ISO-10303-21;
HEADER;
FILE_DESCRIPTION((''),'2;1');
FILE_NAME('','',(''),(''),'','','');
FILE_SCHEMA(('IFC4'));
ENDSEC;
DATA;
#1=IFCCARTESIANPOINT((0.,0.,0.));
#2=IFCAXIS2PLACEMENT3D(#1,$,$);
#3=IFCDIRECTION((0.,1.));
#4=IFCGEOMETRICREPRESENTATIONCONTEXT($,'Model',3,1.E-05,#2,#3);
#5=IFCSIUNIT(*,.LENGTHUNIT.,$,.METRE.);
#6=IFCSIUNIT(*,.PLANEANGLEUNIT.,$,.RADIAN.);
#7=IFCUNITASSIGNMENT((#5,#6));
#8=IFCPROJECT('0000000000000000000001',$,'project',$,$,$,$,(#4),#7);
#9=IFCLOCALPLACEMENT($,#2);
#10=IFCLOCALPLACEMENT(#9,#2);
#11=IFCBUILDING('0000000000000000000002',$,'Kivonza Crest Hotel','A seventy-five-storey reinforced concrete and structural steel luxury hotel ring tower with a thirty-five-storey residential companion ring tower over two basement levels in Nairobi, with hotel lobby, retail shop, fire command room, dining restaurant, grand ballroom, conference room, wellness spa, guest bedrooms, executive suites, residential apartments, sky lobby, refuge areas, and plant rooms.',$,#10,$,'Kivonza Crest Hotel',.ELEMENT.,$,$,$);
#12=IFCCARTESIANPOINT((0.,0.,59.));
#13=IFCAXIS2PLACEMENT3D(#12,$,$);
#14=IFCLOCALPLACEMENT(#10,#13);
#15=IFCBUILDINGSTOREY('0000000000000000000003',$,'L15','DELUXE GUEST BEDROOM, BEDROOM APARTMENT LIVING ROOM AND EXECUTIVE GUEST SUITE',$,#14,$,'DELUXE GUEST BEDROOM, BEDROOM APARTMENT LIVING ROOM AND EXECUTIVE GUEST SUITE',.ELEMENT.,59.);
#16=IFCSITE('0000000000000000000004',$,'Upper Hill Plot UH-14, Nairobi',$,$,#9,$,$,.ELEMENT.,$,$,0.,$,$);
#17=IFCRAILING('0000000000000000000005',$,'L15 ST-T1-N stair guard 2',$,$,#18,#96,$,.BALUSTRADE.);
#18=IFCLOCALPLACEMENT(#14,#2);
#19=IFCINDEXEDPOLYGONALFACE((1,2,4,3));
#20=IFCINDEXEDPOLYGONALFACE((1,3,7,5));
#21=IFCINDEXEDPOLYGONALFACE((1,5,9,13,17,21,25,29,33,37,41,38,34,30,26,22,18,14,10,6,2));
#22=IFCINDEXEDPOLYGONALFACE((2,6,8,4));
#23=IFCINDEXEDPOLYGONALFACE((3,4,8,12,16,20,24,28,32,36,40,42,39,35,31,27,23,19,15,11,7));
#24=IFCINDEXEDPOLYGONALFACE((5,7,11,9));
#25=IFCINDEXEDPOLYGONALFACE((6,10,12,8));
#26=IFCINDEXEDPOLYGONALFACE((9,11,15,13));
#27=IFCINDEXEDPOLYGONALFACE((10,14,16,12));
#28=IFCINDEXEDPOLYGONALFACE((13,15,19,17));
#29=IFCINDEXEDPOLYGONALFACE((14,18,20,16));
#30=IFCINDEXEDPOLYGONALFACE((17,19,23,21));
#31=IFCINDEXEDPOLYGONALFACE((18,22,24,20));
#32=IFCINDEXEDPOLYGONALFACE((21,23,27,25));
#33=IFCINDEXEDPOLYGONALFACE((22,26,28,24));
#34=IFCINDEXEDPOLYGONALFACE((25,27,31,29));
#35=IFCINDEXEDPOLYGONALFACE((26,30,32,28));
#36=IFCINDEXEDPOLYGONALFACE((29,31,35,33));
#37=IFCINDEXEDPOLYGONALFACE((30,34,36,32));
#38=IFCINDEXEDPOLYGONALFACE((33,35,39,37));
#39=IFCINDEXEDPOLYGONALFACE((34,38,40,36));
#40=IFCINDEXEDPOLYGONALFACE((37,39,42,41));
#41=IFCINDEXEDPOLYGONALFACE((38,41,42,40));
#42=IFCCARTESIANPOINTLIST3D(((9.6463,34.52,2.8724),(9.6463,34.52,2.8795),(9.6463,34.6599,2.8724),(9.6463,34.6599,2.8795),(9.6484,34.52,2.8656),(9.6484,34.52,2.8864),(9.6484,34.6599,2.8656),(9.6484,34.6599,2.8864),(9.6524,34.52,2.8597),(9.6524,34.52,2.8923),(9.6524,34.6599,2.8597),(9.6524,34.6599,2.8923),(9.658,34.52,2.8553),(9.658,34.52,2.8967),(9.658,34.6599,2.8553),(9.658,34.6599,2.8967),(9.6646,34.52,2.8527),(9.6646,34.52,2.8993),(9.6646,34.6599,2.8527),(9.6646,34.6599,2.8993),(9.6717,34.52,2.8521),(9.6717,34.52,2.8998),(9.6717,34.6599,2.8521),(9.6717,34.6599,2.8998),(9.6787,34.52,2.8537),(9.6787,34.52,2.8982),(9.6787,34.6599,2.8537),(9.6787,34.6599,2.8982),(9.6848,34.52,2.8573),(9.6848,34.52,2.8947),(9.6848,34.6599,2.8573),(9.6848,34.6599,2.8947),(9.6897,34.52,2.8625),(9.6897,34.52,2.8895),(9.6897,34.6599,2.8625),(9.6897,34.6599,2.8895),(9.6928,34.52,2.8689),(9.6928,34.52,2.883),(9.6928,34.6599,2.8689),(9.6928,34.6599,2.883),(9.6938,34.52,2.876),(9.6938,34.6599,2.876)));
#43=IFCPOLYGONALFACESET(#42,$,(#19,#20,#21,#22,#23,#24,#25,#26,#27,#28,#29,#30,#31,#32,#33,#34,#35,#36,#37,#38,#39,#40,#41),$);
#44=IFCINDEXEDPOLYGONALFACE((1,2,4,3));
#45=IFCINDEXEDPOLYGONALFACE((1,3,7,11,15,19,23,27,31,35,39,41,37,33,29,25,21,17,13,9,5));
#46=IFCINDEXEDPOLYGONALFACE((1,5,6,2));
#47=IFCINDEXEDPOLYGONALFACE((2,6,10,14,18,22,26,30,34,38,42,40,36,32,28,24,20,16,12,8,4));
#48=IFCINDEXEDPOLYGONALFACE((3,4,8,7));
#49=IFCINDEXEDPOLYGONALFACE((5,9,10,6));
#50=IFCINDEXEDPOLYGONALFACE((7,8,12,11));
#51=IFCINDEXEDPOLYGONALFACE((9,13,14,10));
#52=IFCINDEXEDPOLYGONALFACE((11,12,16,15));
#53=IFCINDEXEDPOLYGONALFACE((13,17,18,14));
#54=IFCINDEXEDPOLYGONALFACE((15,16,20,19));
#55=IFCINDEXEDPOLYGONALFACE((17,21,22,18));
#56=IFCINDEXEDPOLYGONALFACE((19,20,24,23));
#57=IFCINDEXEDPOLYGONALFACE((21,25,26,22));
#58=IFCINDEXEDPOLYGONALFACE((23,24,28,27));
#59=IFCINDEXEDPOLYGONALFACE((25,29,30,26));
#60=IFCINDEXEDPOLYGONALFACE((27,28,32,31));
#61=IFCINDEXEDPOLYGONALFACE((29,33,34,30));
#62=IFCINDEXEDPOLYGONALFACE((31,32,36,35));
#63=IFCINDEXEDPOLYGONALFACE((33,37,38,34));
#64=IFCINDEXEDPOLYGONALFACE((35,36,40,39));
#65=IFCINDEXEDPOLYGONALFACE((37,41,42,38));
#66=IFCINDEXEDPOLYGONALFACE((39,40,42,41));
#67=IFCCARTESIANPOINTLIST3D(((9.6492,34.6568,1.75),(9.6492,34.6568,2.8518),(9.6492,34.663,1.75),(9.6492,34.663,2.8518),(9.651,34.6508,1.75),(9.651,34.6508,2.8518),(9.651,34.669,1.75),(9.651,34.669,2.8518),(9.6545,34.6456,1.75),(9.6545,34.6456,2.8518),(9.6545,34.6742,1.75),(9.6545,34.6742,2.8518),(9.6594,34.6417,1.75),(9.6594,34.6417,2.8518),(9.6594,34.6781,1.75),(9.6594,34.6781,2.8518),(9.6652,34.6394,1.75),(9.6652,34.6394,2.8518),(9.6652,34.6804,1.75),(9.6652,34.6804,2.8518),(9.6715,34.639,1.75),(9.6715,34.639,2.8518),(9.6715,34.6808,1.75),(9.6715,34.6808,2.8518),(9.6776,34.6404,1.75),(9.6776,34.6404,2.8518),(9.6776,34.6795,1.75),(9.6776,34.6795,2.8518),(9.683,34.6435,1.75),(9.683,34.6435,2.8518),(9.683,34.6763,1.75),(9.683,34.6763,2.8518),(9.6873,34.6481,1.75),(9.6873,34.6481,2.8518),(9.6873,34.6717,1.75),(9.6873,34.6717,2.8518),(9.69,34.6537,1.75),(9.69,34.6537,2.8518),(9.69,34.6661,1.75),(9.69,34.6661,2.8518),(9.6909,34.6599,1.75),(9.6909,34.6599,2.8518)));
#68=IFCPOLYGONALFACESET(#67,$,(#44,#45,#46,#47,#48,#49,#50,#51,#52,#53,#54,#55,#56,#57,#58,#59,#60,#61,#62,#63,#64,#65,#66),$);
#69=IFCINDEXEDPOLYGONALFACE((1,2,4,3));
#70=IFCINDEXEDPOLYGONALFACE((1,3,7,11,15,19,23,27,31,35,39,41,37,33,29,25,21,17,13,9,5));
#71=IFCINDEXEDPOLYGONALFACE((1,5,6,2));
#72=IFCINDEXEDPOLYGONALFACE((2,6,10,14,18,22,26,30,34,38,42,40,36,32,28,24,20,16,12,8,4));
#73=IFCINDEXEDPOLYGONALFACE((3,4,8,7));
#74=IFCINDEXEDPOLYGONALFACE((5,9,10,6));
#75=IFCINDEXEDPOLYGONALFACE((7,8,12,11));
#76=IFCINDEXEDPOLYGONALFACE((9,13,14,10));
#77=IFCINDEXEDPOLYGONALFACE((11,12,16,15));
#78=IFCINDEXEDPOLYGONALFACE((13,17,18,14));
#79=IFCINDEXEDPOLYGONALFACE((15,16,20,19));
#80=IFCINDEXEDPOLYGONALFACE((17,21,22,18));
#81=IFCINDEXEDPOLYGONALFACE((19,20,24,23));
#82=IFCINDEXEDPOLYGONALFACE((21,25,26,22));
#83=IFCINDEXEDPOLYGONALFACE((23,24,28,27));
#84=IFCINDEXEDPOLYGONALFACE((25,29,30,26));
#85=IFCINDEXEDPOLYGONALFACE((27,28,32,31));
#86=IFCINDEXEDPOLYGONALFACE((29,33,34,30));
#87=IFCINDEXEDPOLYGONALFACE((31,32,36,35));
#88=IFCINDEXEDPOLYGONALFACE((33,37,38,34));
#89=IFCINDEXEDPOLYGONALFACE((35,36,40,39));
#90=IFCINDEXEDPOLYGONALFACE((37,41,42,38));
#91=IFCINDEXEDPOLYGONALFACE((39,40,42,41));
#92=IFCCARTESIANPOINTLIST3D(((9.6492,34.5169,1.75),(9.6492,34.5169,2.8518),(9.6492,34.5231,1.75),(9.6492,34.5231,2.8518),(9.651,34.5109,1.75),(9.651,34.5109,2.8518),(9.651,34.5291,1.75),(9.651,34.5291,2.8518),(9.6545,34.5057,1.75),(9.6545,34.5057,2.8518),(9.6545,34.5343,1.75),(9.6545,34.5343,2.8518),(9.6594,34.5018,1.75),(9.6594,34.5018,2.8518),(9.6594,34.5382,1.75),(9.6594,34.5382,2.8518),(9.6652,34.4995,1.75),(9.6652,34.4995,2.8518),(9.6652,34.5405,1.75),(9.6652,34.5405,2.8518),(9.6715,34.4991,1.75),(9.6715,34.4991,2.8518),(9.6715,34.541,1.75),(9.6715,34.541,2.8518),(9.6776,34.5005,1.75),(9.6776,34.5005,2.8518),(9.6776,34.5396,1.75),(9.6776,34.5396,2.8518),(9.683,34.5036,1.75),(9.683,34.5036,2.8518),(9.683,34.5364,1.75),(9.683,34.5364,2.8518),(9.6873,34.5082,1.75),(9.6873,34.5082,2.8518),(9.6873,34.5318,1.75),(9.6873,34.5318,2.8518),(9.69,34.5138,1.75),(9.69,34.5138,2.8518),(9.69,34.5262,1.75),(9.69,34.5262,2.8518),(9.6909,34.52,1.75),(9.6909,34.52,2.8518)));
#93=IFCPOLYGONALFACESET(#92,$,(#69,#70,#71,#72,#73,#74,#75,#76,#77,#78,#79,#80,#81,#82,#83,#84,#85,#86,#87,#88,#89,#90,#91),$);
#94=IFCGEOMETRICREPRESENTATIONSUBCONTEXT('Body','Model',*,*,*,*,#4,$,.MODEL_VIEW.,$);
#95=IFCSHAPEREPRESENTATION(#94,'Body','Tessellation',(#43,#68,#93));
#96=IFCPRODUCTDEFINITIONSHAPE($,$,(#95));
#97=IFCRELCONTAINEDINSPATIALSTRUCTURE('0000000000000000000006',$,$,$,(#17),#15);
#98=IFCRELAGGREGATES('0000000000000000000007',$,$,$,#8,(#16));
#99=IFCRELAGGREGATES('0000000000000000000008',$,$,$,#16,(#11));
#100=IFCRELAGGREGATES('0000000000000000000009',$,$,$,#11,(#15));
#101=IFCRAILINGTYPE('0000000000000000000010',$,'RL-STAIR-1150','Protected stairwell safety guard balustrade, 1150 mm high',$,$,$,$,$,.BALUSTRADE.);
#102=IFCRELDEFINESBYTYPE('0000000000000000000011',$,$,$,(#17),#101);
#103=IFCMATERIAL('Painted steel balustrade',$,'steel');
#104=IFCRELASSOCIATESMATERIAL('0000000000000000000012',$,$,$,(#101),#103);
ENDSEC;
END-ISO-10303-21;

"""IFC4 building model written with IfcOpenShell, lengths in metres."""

from ifc_helpers import new_model, si_unit, direction, frame, origin, origin_2d, place, context, subcontext, project, spatial, circle, extrude, material, type_object, element, save


model = new_model("IFC4")

# Units and contexts
model_context = context("Model", 3, precision=1e-05, world=origin(), true_north=direction((0.0, 1.0)))
body_context = subcontext(model_context, "Body", "Model", "MODEL_VIEW")
ifc_project = project(units=[si_unit("LENGTHUNIT", "METRE"), si_unit("PLANEANGLEUNIT", "RADIAN")], contexts=[model_context])

# Site, building, storey
site_placement = place(None, origin())
site = spatial("IfcSite", under=ifc_project, at=site_placement, Name="Upper Hill Plot UH-14, Nairobi", CompositionType="ELEMENT", RefElevation=0.0)
building_placement = place(site_placement, origin())
building = spatial("IfcBuilding", under=site, at=building_placement, Name="Kivonza Crest Hotel", Description="A seventy-five-storey reinforced concrete and structural steel luxury hotel ring tower with a thirty-five-storey residential companion ring tower over two basement levels in Nairobi, with hotel lobby, retail shop, fire command room, dining restaurant, grand ballroom, conference room, wellness spa, guest bedrooms, executive suites, residential apartments, sky lobby, refuge areas, and plant rooms.", LongName="Kivonza Crest Hotel", CompositionType="ELEMENT")
storey_placement = place(building_placement, frame((0.0, 0.0, 59.0)))
storey = spatial("IfcBuildingStorey", under=building, at=storey_placement, Name="L15", Description="DELUXE GUEST BEDROOM, BEDROOM APARTMENT LIVING ROOM AND EXECUTIVE GUEST SUITE", LongName="DELUXE GUEST BEDROOM, BEDROOM APARTMENT LIVING ROOM AND EXECUTIVE GUEST SUITE", CompositionType="ELEMENT", Elevation=59.0)

# Railing
ifc_material_1 = material(Name="Painted steel balustrade", Category="steel")
railing_type_1 = type_object("IfcRailingType", Name="RL-STAIR-1150", Description="Protected stairwell safety guard balustrade, 1150 mm high", PredefinedType="BALUSTRADE", material=ifc_material_1)
railing_1_placement = place(storey_placement, frame((9.6699, 34.6599, 1.75)))
element("IfcRailing", 1, at=railing_1_placement, inside=storey, type_object=railing_type_1, Name="L15 ST-T1-N stair guard 2", PredefinedType="BALUSTRADE", context=body_context, shape_type="SweptSolid", body=[
    extrude(circle(Radius=0.0239, at=origin_2d()), frame((0.0, 0.0, 1.126), z_axis=(0.0, -1.0, 0.0), x_axis=(1.0, 0.0, 0.0)), (0.0, 0.0, 1.0), 0.1399),
    extrude(circle(Radius=0.021, at=origin_2d()), origin(), (0.0, 0.0, 1.0), 1.1018),
    extrude(circle(Radius=0.021, at=origin_2d()), frame((0.0, -0.1399, 0.0)), (0.0, 0.0, 1.0), 1.1018),
])

save(model, "model.ifc")
